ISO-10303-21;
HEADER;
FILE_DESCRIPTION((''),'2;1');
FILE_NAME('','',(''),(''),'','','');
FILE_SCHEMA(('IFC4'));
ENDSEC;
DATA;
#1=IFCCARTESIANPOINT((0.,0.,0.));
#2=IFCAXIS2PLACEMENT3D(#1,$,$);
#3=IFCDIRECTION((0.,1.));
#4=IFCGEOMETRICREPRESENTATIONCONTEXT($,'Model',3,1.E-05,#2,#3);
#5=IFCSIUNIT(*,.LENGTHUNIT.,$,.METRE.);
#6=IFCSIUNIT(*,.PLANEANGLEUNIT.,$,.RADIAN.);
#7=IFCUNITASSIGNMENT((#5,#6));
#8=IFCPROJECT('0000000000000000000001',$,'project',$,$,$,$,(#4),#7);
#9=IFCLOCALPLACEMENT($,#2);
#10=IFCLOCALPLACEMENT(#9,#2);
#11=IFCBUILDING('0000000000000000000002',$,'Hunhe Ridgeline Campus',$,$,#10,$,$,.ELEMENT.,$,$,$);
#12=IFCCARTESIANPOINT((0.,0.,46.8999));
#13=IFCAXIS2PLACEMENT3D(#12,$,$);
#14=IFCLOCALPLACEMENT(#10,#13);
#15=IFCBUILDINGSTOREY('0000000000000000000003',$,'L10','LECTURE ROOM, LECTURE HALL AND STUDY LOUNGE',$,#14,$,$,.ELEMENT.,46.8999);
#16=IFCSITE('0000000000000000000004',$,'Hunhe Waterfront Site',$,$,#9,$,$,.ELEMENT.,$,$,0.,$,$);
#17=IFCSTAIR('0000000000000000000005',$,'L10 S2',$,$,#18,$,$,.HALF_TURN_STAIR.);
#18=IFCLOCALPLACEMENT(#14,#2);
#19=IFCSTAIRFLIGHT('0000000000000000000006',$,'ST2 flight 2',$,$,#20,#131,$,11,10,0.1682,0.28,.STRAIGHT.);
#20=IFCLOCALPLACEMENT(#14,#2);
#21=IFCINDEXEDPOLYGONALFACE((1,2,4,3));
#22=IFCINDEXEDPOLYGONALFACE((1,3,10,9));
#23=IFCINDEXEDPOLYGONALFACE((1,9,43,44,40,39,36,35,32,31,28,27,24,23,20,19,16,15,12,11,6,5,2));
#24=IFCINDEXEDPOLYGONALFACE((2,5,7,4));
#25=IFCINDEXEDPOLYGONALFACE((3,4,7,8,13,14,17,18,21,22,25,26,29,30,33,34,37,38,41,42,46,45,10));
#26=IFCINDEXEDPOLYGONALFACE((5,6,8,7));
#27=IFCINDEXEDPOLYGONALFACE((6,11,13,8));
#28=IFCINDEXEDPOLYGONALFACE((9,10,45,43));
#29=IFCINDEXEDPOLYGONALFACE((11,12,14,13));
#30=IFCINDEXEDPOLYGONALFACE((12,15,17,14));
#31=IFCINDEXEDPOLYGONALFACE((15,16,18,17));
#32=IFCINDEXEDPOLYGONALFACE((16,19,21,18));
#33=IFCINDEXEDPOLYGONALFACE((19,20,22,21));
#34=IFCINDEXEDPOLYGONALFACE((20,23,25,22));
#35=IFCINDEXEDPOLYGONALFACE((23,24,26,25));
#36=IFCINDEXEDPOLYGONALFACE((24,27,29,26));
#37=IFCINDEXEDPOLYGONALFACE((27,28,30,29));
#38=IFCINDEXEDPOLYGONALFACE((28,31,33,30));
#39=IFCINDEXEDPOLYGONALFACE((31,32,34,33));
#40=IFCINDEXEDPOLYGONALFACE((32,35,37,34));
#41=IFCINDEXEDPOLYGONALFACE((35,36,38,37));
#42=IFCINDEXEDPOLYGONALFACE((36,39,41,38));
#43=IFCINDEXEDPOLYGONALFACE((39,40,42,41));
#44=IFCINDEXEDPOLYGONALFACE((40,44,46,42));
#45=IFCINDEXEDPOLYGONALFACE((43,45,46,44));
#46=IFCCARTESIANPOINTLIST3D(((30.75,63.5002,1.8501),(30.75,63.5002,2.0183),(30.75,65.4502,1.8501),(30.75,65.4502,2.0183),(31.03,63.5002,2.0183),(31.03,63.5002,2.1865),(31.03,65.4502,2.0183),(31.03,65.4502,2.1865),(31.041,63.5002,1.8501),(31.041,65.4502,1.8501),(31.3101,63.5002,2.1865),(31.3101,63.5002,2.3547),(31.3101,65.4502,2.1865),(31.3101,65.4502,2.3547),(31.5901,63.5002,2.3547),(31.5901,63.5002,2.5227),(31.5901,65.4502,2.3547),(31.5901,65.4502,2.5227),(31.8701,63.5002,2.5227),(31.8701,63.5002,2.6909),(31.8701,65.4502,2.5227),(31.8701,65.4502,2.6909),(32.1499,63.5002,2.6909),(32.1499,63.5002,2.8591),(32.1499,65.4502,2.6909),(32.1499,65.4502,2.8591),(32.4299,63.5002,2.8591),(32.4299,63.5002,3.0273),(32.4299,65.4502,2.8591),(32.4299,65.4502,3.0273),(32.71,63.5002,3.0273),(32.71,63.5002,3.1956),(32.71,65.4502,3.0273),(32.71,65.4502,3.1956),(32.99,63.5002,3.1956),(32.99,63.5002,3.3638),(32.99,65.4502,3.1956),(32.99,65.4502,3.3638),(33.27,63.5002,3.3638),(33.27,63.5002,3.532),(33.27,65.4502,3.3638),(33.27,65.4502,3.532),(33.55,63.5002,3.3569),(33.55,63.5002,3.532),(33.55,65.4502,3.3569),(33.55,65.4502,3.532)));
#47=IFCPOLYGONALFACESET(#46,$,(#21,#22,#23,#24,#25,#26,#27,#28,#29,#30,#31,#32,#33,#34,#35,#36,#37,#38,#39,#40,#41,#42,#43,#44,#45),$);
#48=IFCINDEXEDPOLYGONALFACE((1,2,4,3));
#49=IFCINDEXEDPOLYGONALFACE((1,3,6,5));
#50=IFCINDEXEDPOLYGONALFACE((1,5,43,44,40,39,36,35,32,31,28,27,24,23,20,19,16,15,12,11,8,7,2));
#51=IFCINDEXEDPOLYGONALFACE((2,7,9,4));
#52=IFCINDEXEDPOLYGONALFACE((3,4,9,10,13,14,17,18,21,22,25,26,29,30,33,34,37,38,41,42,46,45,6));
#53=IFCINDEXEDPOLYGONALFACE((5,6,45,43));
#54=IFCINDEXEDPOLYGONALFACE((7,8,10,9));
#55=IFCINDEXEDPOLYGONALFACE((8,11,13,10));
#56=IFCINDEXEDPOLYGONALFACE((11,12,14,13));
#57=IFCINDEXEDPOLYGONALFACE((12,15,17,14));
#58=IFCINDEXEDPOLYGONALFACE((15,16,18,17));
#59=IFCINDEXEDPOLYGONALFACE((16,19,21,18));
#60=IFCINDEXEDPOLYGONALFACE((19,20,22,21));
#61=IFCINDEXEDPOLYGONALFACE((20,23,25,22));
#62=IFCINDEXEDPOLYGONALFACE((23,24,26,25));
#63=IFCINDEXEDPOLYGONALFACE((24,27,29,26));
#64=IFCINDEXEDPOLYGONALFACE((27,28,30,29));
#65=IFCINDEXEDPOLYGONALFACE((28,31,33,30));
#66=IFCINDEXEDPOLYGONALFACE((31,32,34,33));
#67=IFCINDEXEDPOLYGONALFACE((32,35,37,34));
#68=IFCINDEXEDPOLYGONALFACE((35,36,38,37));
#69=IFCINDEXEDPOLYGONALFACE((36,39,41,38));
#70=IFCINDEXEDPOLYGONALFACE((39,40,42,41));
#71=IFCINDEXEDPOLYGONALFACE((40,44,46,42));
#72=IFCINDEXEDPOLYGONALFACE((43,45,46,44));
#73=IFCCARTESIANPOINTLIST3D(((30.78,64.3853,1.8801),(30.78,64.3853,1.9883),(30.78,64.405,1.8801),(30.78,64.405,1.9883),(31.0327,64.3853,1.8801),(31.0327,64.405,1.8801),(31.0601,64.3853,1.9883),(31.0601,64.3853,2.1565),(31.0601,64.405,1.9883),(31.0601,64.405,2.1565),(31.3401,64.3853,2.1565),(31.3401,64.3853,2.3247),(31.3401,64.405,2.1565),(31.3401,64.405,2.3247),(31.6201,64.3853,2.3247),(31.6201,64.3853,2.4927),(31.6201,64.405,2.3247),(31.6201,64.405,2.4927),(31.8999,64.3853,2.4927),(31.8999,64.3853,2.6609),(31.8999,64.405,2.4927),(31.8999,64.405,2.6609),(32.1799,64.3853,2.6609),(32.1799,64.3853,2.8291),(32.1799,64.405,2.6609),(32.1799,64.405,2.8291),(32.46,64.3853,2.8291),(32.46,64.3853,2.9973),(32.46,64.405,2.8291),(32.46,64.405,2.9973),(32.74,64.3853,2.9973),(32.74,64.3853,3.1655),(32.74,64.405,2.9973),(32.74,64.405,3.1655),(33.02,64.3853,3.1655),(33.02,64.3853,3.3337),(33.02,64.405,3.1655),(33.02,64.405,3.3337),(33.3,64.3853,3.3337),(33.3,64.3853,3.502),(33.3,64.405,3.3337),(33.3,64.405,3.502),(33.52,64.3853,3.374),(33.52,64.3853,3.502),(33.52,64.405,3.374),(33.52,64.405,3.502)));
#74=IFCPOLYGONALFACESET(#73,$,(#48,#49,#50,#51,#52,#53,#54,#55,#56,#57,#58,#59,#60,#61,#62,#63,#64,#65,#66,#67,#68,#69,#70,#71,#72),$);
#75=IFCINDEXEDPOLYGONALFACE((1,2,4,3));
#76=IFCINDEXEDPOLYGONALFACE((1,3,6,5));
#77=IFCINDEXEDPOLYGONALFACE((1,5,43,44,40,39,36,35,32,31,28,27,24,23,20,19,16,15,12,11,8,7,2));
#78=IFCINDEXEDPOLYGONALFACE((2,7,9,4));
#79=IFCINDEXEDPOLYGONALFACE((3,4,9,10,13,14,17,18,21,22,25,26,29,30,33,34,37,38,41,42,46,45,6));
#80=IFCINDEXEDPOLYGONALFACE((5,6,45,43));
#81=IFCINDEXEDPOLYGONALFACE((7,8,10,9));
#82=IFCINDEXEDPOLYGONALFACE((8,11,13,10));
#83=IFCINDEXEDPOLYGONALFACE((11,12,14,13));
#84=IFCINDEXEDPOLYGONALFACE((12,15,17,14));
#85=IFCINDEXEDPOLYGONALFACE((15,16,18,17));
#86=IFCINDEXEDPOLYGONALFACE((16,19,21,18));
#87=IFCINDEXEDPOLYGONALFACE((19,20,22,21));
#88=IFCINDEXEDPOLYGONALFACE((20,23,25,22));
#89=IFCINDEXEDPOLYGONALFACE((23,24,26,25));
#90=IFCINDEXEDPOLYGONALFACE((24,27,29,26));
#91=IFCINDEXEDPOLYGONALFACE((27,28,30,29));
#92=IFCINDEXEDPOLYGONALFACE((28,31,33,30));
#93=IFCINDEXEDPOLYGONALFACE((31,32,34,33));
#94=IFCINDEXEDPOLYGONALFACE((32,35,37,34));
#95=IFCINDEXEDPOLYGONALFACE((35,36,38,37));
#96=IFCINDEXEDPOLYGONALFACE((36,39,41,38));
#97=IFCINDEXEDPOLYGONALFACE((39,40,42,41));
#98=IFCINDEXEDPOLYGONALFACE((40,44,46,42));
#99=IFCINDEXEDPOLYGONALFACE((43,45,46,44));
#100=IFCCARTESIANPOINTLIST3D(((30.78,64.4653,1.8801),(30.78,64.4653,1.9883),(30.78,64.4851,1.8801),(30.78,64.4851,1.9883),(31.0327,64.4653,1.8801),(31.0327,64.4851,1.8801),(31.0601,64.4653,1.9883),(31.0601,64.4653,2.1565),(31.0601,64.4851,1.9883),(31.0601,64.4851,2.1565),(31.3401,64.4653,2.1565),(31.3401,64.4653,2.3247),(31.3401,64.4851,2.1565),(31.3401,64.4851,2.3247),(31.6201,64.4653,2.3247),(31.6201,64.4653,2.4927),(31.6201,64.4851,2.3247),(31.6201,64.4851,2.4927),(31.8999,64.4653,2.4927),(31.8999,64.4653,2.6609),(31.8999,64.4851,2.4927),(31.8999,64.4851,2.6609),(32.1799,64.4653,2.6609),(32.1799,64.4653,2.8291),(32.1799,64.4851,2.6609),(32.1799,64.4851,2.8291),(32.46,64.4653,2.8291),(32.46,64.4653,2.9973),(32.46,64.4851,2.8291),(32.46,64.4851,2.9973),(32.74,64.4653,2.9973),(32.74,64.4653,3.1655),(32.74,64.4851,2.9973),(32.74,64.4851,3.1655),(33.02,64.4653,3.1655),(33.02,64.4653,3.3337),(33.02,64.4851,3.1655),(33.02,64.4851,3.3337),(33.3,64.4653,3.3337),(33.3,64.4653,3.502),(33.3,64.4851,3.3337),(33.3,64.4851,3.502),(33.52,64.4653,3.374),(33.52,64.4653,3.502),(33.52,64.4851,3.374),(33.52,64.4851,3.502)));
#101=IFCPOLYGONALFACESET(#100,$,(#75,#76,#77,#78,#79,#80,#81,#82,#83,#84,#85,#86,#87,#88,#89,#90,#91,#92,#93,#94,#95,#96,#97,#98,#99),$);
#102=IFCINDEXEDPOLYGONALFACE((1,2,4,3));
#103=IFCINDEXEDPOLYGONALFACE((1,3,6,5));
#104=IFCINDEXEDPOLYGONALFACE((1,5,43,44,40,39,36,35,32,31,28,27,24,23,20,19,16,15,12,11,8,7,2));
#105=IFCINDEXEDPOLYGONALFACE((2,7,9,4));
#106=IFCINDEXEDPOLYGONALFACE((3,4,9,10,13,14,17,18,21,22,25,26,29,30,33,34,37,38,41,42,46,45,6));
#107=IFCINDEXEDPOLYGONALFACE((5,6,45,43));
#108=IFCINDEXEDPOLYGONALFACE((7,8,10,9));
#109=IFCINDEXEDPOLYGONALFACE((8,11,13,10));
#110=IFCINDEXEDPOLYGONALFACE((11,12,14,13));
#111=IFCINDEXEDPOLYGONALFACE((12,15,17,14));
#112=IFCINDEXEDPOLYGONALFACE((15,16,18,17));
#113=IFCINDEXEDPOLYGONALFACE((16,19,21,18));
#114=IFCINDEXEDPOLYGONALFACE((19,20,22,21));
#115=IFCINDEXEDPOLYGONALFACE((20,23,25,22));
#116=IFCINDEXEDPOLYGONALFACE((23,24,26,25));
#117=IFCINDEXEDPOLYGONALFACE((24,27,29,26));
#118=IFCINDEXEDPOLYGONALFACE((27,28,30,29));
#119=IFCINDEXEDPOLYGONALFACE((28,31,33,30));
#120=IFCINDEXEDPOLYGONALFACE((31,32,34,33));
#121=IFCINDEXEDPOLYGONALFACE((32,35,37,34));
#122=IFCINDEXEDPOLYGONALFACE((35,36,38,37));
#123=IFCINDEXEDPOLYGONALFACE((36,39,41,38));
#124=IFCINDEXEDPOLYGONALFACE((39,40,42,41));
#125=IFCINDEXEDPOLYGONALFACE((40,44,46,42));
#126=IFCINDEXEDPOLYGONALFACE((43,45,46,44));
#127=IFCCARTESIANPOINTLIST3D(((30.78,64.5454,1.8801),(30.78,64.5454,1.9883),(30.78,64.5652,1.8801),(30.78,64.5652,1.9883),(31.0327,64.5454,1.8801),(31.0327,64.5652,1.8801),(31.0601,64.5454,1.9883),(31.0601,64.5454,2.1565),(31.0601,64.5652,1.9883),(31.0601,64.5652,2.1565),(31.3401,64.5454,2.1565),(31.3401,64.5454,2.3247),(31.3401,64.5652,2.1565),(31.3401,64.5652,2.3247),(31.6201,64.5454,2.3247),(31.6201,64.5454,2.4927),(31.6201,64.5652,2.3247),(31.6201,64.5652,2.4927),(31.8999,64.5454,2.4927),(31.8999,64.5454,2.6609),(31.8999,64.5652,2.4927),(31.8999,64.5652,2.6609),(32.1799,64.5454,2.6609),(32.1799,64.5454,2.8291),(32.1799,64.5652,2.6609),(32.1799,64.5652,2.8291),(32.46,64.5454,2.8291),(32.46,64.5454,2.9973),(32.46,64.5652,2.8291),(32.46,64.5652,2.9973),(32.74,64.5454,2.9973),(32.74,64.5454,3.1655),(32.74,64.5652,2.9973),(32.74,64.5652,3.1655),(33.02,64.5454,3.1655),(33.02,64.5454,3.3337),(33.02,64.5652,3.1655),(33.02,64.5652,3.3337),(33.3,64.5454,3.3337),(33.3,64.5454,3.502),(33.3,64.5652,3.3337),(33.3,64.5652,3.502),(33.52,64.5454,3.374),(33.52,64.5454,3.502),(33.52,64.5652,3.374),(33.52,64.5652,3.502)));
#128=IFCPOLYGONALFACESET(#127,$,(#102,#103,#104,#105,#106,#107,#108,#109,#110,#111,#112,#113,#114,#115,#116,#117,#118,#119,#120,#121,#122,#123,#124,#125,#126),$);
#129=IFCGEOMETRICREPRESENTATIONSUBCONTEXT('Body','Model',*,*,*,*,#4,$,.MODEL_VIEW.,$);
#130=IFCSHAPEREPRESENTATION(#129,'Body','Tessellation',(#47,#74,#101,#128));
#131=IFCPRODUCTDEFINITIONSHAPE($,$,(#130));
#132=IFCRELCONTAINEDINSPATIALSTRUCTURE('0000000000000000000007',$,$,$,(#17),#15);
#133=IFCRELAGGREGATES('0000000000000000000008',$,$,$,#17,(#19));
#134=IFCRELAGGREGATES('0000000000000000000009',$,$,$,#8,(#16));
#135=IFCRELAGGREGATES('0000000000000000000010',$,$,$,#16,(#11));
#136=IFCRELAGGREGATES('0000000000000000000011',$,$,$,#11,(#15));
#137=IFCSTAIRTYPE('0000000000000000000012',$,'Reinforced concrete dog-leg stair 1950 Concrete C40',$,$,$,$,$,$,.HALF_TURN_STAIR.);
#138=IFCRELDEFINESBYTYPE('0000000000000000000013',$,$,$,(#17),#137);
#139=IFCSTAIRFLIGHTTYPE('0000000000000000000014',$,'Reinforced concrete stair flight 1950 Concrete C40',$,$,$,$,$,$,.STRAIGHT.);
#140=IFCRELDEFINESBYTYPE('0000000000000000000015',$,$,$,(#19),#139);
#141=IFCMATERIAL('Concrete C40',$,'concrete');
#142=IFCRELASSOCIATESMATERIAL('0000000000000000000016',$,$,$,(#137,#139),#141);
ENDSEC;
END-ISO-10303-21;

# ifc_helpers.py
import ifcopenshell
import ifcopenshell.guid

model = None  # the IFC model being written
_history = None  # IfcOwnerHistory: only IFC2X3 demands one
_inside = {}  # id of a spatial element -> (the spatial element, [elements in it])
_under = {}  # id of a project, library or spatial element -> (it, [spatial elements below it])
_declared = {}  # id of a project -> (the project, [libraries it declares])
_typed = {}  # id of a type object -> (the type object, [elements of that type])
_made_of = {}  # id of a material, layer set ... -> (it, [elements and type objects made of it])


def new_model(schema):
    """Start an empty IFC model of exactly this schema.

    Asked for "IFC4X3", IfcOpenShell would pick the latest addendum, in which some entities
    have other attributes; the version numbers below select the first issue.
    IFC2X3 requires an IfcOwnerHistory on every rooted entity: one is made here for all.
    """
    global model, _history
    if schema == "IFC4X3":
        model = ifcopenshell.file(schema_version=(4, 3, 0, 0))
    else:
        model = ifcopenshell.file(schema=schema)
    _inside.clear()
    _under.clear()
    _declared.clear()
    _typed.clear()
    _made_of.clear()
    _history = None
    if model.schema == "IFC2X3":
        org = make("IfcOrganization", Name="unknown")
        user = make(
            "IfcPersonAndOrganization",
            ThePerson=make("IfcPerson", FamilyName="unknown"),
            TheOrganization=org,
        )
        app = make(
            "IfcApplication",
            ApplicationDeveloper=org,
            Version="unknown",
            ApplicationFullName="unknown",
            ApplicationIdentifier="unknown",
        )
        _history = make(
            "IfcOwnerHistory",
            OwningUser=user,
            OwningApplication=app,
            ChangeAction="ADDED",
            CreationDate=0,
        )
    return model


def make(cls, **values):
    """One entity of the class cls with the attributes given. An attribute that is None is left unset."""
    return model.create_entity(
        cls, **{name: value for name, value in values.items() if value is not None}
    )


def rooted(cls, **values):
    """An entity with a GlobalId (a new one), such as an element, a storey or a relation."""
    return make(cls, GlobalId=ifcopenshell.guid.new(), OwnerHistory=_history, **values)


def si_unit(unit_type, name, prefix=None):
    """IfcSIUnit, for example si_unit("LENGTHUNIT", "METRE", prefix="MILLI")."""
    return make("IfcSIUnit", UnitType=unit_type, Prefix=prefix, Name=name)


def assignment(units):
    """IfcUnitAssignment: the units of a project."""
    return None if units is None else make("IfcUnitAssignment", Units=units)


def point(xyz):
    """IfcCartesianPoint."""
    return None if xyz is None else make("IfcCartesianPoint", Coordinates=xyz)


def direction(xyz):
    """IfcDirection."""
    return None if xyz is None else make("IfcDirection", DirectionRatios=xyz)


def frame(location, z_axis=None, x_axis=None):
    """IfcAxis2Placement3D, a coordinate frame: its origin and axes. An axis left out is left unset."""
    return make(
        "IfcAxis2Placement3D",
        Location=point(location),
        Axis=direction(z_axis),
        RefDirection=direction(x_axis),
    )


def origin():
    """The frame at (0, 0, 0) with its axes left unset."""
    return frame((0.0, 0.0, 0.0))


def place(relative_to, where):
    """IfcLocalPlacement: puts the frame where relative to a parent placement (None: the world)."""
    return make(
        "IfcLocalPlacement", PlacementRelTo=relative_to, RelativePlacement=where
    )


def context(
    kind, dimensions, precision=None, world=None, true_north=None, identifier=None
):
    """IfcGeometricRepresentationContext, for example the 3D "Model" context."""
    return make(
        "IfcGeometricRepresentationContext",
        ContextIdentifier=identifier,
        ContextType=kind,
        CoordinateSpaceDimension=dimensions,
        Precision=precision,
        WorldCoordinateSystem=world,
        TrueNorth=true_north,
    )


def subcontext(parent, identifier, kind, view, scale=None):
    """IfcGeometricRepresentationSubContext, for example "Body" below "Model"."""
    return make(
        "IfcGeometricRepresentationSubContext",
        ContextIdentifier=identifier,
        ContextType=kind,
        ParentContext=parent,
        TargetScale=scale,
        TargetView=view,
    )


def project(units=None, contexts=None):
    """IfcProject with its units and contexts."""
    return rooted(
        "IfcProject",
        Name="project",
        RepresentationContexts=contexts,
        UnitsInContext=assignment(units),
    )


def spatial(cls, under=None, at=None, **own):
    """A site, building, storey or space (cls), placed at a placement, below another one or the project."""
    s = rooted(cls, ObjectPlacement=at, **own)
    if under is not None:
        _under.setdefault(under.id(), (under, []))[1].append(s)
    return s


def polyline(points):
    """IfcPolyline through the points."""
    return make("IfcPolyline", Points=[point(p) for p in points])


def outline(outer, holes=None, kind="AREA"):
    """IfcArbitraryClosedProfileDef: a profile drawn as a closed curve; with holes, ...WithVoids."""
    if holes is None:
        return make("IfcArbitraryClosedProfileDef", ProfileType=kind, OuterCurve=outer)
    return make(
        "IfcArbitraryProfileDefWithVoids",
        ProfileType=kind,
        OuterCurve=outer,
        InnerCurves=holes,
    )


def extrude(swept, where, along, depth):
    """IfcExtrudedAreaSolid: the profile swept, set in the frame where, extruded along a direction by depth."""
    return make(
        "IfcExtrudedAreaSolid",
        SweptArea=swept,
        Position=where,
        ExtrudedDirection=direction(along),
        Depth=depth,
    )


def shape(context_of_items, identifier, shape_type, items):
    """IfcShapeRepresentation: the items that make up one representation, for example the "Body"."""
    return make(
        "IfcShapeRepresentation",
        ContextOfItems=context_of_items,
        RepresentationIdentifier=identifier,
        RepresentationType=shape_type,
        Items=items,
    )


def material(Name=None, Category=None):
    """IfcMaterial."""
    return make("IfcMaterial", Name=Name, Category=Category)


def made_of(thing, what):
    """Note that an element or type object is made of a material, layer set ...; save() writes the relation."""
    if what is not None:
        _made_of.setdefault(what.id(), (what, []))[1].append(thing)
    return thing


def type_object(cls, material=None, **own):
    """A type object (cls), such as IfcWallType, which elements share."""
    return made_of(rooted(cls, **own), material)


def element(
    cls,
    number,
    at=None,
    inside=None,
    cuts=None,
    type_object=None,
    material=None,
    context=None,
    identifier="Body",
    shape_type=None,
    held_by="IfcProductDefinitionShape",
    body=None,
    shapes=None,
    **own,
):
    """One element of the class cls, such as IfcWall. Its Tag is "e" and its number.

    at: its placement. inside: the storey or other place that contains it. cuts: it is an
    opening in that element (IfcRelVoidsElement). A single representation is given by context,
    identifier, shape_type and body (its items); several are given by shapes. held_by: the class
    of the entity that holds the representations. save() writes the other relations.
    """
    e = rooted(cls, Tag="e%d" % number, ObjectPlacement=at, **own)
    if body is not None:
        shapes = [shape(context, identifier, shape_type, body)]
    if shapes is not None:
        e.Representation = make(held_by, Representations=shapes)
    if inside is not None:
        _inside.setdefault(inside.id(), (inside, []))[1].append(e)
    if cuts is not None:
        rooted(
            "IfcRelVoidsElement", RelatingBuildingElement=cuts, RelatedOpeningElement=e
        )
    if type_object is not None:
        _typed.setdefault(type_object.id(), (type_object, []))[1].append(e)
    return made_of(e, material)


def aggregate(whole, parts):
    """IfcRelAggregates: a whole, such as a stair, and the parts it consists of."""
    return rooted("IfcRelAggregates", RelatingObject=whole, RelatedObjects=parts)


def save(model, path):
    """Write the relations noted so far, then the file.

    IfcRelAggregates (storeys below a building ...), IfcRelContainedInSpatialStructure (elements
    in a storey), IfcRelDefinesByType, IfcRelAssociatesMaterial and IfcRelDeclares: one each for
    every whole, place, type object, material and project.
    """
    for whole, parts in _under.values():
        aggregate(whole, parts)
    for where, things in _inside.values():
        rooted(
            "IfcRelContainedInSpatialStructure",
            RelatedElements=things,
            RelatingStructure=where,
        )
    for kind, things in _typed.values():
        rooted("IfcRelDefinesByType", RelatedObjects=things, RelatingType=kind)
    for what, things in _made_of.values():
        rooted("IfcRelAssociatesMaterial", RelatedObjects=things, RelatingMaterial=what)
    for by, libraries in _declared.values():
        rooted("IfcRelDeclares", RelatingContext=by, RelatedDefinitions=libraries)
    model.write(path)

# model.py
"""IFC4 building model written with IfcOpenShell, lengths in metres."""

from ifc_helpers import new_model, si_unit, direction, frame, origin, place, context, subcontext, project, spatial, polyline, outline, extrude, material, type_object, element, aggregate, save


model = new_model("IFC4")

# Units and contexts
model_context = context("Model", 3, precision=1e-05, world=origin(), true_north=direction((0.0, 1.0)))
body_context = subcontext(model_context, "Body", "Model", "MODEL_VIEW")
ifc_project = project(units=[si_unit("LENGTHUNIT", "METRE"), si_unit("PLANEANGLEUNIT", "RADIAN")], contexts=[model_context])

# Site, building, storey
site_placement = place(None, origin())
site = spatial("IfcSite", under=ifc_project, at=site_placement, Name="Hunhe Waterfront Site", CompositionType="ELEMENT", RefElevation=0.0)
building_placement = place(site_placement, origin())
building = spatial("IfcBuilding", under=site, at=building_placement, Name="Hunhe Ridgeline Campus", CompositionType="ELEMENT")
storey_placement = place(building_placement, frame((0.0, 0.0, 46.8999)))
storey = spatial("IfcBuildingStorey", under=building, at=storey_placement, Name="L10", Description="LECTURE ROOM, LECTURE HALL AND STUDY LOUNGE", CompositionType="ELEMENT", Elevation=46.8999)

# Stair, stair flight
ifc_material_1 = material(Name="Concrete C40", Category="concrete")
stair_type = type_object("IfcStairType", Name="Reinforced concrete dog-leg stair 1950 Concrete C40", PredefinedType="HALF_TURN_STAIR", material=ifc_material_1)
stair_placement = place(storey_placement, origin())
stair = element("IfcStair", 1, at=stair_placement, inside=storey, type_object=stair_type, Name="L10 S2", PredefinedType="HALF_TURN_STAIR")
stair_flight_type = type_object("IfcStairFlightType", Name="Reinforced concrete stair flight 1950 Concrete C40", PredefinedType="STRAIGHT", material=ifc_material_1)
stair_flight_1_placement = place(storey_placement, frame((30.75, 64.4751, 1.8501), z_axis=(0.0, 0.0, 1.0), x_axis=(1.0, 0.0, 0.0)))
stair_flight_1 = element("IfcStairFlight", 2, at=stair_flight_1_placement, type_object=stair_flight_type, Name="ST2 flight 2", NumberOfRisers=11, NumberOfTreads=10, PredefinedType="STRAIGHT", RiserHeight=0.1682, TreadLength=0.28, context=body_context, shape_type="SweptSolid", body=[
    extrude(outline(polyline([(0.0, 0.0), (0.0, 0.1682), (0.28, 0.1682), (0.28, 0.3364), (0.5601, 0.3364), (0.5601, 0.5046), (0.8401, 0.5046), (0.8401, 0.6726), (1.1201, 0.6726), (1.1201, 0.8408), (1.3999, 0.8408), (1.3999, 1.009), (1.6799, 1.009), (1.6799, 1.1772), (1.96, 1.1772), (1.96, 1.3455), (2.24, 1.3455), (2.24, 1.5137), (2.52, 1.5137), (2.52, 1.6819), (2.8, 1.6819), (2.8, 1.8501), (2.8, 1.5068), (0.291, 0.0), (0.0, 0.0)])), frame((0.0, 0.9751, 0.0), z_axis=(0.0, -1.0, 0.0), x_axis=(1.0, 0.0, 0.0)), (0.0, 0.0, 1.0), 1.95),
    extrude(outline(polyline([(0.03, 0.03), (0.03, 0.1382), (0.3101, 0.1382), (0.3101, 0.3064), (0.5901, 0.3064), (0.5901, 0.4746), (0.8701, 0.4746), (0.8701, 0.6426), (1.1499, 0.6426), (1.1499, 0.8108), (1.4299, 0.8108), (1.4299, 0.979), (1.71, 0.979), (1.71, 1.1472), (1.99, 1.1472), (1.99, 1.3154), (2.27, 1.3154), (2.27, 1.4836), (2.55, 1.4836), (2.55, 1.6519), (2.77, 1.6519), (2.77, 1.5239), (0.2827, 0.03), (0.03, 0.03)])), frame((0.0, -0.0701, 0.0), z_axis=(0.0, -1.0, 0.0), x_axis=(1.0, 0.0, 0.0)), (0.0, 0.0, 1.0), 0.0198),
    extrude(outline(polyline([(0.03, 0.03), (0.03, 0.1382), (0.3101, 0.1382), (0.3101, 0.3064), (0.5901, 0.3064), (0.5901, 0.4746), (0.8701, 0.4746), (0.8701, 0.6426), (1.1499, 0.6426), (1.1499, 0.8108), (1.4299, 0.8108), (1.4299, 0.979), (1.71, 0.979), (1.71, 1.1472), (1.99, 1.1472), (1.99, 1.3154), (2.27, 1.3154), (2.27, 1.4836), (2.55, 1.4836), (2.55, 1.6519), (2.77, 1.6519), (2.77, 1.5239), (0.2827, 0.03), (0.03, 0.03)])), frame((0.0, 0.01, 0.0), z_axis=(0.0, -1.0, 0.0), x_axis=(1.0, 0.0, 0.0)), (0.0, 0.0, 1.0), 0.0198),
    extrude(outline(polyline([(0.03, 0.03), (0.03, 0.1382), (0.3101, 0.1382), (0.3101, 0.3064), (0.5901, 0.3064), (0.5901, 0.4746), (0.8701, 0.4746), (0.8701, 0.6426), (1.1499, 0.6426), (1.1499, 0.8108), (1.4299, 0.8108), (1.4299, 0.979), (1.71, 0.979), (1.71, 1.1472), (1.99, 1.1472), (1.99, 1.3154), (2.27, 1.3154), (2.27, 1.4836), (2.55, 1.4836), (2.55, 1.6519), (2.77, 1.6519), (2.77, 1.5239), (0.2827, 0.03), (0.03, 0.03)])), frame((0.0, 0.0901, 0.0), z_axis=(0.0, -1.0, 0.0), x_axis=(1.0, 0.0, 0.0)), (0.0, 0.0, 1.0), 0.0198),
])
aggregate(stair, [stair_flight_1])

save(model, "model.ifc")
